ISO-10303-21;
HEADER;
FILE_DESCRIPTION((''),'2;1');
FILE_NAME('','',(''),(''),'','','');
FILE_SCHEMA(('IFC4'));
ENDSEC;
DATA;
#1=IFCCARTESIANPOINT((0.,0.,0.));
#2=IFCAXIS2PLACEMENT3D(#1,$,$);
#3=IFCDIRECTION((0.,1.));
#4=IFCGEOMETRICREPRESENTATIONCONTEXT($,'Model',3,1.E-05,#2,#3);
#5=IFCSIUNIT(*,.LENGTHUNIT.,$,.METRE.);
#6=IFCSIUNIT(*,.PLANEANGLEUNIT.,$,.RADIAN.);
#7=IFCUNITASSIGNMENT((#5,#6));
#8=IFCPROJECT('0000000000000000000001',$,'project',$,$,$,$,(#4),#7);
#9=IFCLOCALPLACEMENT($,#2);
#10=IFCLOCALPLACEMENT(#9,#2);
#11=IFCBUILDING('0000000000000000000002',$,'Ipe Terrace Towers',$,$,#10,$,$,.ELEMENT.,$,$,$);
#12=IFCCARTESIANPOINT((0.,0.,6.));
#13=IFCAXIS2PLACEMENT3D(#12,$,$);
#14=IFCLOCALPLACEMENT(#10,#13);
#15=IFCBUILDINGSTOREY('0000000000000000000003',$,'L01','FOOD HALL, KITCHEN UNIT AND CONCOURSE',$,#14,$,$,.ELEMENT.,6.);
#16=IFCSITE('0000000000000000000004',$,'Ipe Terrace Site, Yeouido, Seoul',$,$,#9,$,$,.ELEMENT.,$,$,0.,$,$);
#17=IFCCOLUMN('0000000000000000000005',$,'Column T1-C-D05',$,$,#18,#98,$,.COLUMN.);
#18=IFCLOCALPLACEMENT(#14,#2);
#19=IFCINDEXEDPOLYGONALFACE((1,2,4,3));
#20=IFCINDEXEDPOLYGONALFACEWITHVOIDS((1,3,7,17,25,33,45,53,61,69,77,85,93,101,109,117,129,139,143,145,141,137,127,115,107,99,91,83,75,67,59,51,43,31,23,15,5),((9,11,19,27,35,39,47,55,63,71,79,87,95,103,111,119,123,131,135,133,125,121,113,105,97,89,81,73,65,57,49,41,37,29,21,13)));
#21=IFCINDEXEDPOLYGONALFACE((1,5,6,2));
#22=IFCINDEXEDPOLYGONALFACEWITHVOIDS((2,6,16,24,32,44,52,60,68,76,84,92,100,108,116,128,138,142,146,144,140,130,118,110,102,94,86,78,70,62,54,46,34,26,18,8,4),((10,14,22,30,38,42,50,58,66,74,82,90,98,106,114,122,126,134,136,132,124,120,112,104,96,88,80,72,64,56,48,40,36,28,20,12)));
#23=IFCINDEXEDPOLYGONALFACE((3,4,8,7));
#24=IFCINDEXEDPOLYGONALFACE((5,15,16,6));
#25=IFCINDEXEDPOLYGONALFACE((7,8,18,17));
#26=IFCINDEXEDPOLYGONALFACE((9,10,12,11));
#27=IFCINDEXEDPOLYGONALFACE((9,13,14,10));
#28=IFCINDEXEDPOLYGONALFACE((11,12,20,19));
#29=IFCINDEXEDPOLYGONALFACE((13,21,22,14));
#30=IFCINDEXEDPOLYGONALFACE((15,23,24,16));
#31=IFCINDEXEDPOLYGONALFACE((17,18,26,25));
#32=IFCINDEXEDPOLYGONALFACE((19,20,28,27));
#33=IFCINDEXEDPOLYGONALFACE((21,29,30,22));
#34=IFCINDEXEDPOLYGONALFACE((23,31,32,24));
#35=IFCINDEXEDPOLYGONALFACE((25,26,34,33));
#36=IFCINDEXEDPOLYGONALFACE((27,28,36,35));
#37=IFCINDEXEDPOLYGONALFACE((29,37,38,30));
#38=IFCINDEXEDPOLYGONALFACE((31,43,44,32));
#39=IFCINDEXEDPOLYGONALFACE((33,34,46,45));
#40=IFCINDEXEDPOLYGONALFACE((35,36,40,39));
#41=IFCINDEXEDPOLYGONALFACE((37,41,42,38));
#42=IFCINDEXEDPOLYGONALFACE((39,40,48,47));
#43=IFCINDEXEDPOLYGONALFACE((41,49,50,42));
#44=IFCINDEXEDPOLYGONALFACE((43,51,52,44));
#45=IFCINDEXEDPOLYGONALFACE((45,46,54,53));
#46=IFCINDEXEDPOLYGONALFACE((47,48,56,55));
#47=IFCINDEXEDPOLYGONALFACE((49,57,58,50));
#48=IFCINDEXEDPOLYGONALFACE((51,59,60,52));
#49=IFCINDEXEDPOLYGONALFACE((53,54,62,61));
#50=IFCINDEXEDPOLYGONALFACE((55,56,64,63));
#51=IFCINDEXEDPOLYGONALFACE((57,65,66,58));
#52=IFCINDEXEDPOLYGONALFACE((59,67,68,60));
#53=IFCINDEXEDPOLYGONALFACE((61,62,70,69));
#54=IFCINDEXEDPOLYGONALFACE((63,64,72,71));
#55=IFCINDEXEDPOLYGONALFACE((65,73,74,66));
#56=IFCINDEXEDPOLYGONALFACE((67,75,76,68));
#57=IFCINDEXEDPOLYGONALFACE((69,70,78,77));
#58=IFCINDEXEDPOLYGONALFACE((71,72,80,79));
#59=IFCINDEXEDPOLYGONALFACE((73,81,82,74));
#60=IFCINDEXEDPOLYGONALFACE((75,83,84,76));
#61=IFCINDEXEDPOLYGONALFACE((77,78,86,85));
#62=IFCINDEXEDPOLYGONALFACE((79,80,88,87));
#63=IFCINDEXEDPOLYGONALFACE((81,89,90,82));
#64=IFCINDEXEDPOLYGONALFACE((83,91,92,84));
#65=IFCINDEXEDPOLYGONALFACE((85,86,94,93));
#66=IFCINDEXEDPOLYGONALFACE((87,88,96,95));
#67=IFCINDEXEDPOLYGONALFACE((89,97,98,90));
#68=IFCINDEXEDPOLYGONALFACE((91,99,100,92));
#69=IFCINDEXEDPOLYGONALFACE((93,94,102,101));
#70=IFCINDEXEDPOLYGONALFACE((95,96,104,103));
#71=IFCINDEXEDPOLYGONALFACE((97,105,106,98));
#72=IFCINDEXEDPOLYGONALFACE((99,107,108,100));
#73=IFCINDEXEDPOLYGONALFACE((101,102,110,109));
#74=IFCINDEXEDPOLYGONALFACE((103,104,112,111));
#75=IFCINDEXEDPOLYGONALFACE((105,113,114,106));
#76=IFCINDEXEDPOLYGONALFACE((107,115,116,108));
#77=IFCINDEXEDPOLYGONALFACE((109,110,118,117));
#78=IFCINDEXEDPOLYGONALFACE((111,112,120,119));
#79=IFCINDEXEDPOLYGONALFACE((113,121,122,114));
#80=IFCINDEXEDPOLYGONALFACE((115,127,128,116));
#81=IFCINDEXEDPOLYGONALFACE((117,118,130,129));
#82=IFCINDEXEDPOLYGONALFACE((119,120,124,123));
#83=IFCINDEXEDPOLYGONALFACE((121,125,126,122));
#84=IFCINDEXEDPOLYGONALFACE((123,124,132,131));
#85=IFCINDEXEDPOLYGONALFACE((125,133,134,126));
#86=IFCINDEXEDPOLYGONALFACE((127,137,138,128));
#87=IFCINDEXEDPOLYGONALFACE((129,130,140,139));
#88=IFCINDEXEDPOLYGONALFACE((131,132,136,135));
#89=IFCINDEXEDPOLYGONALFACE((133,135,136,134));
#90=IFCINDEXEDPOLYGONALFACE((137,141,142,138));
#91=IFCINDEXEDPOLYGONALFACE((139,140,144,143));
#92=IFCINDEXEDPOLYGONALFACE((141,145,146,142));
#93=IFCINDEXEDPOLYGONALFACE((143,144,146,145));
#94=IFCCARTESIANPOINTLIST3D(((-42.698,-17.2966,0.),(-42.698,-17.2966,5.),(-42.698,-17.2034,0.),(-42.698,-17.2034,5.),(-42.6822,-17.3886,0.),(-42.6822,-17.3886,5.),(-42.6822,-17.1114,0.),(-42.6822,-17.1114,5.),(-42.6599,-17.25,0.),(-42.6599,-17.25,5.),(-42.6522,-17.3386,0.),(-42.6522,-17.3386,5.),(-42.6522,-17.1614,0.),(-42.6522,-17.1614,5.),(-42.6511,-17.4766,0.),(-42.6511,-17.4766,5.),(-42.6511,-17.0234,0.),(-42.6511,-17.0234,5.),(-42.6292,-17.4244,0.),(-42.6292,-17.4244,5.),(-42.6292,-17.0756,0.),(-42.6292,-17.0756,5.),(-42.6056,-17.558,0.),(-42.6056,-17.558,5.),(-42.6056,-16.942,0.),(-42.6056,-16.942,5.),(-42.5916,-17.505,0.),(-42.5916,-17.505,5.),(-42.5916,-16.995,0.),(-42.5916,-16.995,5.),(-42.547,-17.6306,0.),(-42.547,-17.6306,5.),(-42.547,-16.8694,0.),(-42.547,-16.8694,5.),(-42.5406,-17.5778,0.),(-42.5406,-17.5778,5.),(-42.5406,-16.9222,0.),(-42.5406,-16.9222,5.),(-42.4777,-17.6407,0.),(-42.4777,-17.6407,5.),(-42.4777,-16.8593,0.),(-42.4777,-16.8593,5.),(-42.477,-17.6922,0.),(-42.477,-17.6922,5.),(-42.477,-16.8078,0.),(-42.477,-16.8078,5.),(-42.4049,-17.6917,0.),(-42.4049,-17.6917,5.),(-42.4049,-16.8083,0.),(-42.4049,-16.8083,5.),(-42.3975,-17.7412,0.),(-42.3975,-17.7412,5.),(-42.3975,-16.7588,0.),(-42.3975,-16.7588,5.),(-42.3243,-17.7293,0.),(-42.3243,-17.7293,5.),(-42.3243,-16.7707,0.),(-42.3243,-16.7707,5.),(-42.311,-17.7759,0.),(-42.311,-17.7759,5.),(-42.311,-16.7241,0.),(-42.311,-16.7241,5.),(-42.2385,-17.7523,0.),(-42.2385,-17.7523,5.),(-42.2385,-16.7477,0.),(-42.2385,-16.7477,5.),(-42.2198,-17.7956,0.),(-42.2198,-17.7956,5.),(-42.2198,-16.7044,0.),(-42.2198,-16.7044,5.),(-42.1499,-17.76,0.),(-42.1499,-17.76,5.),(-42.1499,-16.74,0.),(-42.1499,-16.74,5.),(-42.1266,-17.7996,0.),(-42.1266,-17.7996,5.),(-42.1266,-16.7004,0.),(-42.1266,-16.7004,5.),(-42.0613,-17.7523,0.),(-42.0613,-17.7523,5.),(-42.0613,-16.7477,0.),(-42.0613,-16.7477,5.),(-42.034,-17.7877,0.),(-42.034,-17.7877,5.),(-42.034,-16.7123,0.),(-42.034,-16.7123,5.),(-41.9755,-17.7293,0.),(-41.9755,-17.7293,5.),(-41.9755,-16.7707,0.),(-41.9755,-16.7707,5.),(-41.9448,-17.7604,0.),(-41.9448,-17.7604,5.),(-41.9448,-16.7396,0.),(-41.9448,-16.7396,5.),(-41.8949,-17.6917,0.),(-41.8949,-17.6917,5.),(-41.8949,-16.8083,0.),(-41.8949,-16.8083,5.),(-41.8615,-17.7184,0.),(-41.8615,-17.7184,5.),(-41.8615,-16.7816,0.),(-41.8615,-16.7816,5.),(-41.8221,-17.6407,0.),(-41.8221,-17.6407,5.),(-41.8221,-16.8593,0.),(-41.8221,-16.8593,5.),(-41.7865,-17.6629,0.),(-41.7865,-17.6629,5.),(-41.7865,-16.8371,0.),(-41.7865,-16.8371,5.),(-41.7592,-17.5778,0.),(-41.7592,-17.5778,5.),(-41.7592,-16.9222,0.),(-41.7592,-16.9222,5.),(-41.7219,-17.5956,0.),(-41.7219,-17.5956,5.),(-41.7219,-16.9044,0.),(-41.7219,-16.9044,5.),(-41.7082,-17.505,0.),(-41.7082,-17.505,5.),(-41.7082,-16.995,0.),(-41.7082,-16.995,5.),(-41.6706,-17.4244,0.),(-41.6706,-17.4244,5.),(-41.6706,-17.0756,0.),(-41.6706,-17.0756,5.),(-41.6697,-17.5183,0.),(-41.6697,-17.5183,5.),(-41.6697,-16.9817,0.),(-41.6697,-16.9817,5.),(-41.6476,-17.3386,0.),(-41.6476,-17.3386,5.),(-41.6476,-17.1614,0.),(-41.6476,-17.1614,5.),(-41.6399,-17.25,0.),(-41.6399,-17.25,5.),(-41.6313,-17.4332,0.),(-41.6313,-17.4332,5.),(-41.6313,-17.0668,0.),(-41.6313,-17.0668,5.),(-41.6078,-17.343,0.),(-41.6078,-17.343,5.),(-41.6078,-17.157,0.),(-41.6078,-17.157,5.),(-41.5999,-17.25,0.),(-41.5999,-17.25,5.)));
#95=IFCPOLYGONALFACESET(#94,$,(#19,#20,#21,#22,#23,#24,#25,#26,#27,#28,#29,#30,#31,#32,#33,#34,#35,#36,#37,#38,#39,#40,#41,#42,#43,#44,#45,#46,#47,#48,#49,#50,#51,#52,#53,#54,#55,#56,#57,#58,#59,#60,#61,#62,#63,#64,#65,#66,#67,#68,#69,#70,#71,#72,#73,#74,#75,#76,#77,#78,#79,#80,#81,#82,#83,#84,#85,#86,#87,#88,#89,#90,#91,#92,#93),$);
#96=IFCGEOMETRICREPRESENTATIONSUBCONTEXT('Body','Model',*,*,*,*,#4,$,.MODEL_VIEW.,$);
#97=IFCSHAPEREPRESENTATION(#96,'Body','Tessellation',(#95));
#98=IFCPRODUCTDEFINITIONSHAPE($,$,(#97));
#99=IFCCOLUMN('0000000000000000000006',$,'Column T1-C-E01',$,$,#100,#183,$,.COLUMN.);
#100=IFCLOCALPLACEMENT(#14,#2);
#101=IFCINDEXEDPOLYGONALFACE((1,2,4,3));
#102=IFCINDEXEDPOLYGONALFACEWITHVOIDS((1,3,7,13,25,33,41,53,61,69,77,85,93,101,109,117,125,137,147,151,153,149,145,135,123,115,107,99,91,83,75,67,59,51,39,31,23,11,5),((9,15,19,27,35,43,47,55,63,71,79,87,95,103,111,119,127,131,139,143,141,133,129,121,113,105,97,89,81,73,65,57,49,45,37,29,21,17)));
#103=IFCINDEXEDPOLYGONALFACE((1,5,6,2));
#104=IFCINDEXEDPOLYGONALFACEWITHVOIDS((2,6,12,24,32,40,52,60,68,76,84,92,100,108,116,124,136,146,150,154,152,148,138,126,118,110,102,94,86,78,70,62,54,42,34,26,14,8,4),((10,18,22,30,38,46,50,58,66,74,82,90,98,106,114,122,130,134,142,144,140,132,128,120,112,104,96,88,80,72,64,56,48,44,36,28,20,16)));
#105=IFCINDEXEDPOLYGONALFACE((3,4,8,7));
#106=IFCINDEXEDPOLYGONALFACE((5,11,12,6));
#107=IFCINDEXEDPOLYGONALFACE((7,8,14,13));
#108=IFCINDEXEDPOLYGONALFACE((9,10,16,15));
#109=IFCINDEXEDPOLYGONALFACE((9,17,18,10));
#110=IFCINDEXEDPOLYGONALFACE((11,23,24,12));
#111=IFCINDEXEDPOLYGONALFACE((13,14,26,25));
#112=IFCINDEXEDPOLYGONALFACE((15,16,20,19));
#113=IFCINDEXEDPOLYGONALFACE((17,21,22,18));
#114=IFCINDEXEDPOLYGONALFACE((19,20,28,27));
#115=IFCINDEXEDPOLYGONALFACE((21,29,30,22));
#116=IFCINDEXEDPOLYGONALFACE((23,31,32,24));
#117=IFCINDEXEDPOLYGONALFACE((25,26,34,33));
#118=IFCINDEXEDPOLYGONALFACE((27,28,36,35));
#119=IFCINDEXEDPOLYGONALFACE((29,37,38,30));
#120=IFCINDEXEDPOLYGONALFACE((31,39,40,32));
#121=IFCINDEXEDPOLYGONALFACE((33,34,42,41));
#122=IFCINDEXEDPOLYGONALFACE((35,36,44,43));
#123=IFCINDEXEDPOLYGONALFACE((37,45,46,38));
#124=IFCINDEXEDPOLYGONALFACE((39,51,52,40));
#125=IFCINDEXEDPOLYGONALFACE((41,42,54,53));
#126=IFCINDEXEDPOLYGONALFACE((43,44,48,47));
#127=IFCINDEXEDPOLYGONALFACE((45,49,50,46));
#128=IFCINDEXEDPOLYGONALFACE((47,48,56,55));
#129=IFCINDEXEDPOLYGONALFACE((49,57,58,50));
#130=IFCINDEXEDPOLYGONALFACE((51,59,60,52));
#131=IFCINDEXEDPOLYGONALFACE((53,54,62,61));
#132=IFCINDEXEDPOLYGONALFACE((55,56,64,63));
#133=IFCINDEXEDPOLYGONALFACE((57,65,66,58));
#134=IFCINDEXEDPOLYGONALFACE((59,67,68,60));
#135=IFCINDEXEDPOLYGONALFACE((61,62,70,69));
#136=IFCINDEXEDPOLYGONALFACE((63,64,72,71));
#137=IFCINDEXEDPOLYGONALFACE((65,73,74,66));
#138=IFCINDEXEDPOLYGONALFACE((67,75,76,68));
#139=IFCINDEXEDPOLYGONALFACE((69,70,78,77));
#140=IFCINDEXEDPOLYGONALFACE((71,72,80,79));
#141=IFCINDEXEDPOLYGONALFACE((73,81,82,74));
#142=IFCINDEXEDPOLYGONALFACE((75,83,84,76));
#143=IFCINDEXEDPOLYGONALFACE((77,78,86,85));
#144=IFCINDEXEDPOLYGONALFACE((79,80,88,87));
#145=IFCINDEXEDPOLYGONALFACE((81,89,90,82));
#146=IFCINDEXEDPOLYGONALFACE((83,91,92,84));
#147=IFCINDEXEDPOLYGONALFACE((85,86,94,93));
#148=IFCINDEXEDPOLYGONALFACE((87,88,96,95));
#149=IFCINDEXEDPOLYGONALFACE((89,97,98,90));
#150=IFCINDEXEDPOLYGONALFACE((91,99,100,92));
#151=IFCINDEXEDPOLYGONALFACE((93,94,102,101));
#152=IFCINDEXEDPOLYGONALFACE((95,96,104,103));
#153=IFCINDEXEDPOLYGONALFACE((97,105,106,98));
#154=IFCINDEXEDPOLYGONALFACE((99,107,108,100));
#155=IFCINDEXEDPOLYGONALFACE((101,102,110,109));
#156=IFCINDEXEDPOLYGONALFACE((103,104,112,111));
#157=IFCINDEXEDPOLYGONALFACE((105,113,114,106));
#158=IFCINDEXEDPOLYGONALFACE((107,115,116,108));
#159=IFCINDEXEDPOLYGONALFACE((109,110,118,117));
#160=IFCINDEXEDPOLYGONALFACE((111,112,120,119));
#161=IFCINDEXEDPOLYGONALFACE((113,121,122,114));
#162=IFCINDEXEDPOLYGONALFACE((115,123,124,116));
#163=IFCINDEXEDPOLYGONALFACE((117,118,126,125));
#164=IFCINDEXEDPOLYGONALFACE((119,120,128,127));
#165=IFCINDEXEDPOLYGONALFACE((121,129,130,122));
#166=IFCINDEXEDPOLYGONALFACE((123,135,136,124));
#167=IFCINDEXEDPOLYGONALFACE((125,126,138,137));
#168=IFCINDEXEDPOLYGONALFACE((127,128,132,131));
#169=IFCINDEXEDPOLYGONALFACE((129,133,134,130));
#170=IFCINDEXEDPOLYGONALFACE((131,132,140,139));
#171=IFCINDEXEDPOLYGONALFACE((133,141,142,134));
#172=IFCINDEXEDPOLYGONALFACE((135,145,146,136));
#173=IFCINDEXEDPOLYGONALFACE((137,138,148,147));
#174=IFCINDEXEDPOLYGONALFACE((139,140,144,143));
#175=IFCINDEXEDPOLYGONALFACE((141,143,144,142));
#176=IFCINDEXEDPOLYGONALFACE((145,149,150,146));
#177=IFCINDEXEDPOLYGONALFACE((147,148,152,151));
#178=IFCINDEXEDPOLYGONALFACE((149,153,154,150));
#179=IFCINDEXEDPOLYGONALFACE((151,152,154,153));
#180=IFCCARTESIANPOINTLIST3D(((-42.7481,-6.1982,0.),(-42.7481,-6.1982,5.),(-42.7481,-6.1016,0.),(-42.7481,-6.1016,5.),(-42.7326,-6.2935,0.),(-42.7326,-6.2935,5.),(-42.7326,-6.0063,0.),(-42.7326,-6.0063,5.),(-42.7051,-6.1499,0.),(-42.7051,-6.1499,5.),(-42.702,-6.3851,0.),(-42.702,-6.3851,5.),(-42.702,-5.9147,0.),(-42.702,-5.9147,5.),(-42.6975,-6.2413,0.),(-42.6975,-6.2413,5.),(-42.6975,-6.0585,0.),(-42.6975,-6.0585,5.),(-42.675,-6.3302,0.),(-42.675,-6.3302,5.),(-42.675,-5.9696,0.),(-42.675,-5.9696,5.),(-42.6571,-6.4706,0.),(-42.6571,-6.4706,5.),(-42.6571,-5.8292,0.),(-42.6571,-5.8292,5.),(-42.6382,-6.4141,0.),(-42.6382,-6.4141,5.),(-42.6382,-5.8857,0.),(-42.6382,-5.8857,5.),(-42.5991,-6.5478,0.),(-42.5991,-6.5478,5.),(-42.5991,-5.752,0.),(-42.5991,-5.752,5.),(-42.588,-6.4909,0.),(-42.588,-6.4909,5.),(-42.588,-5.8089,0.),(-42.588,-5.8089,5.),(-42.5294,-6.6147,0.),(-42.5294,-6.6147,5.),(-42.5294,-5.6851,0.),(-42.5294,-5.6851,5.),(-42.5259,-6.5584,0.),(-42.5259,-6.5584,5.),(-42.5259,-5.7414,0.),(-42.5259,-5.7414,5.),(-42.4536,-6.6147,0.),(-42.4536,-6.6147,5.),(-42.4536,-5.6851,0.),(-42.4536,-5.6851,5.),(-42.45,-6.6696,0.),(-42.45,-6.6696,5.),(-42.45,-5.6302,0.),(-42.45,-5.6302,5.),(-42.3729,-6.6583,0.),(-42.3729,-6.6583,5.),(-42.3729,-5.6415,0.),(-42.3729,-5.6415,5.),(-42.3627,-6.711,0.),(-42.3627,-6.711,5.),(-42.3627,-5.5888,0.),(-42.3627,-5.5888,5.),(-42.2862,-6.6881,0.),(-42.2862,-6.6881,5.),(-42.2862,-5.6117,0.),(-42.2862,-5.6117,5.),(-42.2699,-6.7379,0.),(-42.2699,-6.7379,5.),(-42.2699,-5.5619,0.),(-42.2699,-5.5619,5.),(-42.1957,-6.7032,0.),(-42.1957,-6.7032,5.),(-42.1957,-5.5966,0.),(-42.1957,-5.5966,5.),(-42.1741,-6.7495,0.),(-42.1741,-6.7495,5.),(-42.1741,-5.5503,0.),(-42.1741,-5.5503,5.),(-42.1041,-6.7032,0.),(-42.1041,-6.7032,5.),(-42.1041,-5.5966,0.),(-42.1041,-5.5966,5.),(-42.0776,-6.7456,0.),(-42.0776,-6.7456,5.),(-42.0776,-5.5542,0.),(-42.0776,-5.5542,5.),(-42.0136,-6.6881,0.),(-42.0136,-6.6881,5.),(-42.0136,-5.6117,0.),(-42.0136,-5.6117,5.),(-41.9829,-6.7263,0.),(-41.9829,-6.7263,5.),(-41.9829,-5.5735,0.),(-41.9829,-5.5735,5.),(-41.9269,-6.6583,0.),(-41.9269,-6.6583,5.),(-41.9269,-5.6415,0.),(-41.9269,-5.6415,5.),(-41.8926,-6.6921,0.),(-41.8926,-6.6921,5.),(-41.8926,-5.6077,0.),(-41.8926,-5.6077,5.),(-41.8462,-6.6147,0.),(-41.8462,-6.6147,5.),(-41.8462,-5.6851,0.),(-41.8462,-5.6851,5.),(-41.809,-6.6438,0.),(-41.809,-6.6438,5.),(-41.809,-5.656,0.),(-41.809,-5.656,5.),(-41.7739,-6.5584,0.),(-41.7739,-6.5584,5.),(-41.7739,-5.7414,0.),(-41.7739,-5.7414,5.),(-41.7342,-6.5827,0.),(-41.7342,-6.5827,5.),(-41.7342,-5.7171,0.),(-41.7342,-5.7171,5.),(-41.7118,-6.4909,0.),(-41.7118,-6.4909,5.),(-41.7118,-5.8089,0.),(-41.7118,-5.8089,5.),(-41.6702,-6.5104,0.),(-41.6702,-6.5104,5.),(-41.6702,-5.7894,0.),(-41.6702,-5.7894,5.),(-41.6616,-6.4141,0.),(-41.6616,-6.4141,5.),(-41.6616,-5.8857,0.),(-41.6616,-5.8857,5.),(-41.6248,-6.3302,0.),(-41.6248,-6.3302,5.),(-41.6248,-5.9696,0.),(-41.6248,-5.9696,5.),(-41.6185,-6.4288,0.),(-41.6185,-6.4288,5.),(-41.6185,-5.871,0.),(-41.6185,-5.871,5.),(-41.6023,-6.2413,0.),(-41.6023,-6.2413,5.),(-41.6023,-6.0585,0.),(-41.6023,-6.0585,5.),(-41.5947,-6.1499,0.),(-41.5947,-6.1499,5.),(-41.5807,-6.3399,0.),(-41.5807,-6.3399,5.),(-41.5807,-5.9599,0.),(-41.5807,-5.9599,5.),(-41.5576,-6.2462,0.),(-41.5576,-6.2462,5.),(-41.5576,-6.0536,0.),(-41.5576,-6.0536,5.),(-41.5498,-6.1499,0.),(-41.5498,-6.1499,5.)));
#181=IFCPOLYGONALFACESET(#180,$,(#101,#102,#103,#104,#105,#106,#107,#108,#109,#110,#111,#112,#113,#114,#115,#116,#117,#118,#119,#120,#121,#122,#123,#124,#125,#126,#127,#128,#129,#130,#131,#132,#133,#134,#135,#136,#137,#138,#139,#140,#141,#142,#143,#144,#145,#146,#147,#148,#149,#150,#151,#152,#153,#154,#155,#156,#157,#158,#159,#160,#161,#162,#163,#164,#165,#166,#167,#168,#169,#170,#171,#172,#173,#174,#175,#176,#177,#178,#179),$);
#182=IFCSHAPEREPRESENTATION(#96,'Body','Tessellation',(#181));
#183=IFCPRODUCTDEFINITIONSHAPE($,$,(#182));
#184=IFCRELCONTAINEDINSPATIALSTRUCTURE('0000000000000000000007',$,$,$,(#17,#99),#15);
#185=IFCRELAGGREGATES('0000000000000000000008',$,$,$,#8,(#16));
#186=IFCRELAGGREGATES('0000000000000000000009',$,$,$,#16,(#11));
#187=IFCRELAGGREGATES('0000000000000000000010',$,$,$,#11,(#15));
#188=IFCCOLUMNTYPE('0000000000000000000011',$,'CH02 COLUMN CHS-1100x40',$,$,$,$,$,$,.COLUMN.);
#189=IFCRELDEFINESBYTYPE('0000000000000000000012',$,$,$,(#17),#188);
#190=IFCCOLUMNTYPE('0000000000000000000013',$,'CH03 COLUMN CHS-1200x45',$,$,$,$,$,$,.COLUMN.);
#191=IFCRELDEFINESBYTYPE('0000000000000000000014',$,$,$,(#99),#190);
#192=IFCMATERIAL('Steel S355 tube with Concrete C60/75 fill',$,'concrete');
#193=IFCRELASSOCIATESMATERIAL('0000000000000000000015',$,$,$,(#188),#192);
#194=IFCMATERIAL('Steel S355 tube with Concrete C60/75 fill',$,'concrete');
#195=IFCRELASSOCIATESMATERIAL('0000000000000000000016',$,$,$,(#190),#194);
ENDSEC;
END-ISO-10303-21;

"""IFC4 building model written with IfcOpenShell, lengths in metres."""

from ifc_helpers import new_model, si_unit, direction, frame, origin, origin_2d, place, context, subcontext, project, spatial, hollow_circle, extrude, material, material_profile, profile_set, type_object, element, save


model = new_model("IFC4")

# Units and contexts
model_context = context("Model", 3, precision=1e-05, world=origin(), true_north=direction((0.0, 1.0)))
body_context = subcontext(model_context, "Body", "Model", "MODEL_VIEW")
ifc_project = project(units=[si_unit("LENGTHUNIT", "METRE"), si_unit("PLANEANGLEUNIT", "RADIAN")], contexts=[model_context])

# Site, building, storey
site_placement = place(None, origin())
site = spatial("IfcSite", under=ifc_project, at=site_placement, Name="Ipe Terrace Site, Yeouido, Seoul", CompositionType="ELEMENT", RefElevation=0.0)
building_placement = place(site_placement, origin())
building = spatial("IfcBuilding", under=site, at=building_placement, Name="Ipe Terrace Towers", CompositionType="ELEMENT")
storey_placement = place(building_placement, frame((0.0, 0.0, 6.0)))
storey = spatial("IfcBuildingStorey", under=building, at=storey_placement, Name="L01", Description="FOOD HALL, KITCHEN UNIT AND CONCOURSE", CompositionType="ELEMENT", Elevation=6.0)

# Columns
ifc_material_1 = material(Name="Steel S355 tube with Concrete C60/75 fill", Category="concrete")
ifc_material_profile_1 = material_profile(ifc_material_1, hollow_circle(Radius=0.55, WallThickness=0.04, at=origin_2d()), Name="CHS-1100x40")
ifc_profile_set_1 = profile_set([ifc_material_profile_1], Name="Steel S355 tube with Concrete C60/75 fill")
column_type_1 = type_object("IfcColumnType", Name="CH02 COLUMN CHS-1100x40", PredefinedType="COLUMN", material=ifc_profile_set_1)
for number, where, z_axis, x_axis, name in (
    (1, (-42.1499, -17.25, 0.0), (0.0, 0.0, 1.0), (1.0, 0.0, 0.0), "Column T1-C-D05"),
):
    element("IfcColumn", number, at=place(storey_placement, frame(where, z_axis=z_axis, x_axis=x_axis)), inside=storey, type_object=column_type_1, Name=name, PredefinedType="COLUMN", context=body_context, shape_type="SweptSolid", body=[
        extrude(hollow_circle(Radius=0.55, WallThickness=0.04, at=origin_2d()), origin(), (0.0, 0.0, 1.0), 5.0),
    ])
ifc_material_2 = material(Name="Steel S355 tube with Concrete C60/75 fill", Category="concrete")
ifc_material_profile_2 = material_profile(ifc_material_2, hollow_circle(Radius=0.6001, WallThickness=0.0449, at=origin_2d()), Name="CHS-1200x45")
ifc_profile_set_2 = profile_set([ifc_material_profile_2], Name="Steel S355 tube with Concrete C60/75 fill")
column_type_2 = type_object("IfcColumnType", Name="CH03 COLUMN CHS-1200x45", PredefinedType="COLUMN", material=ifc_profile_set_2)
column_1_placement = place(storey_placement, frame((-42.1499, -6.1499, 0.0), z_axis=(0.0, 0.0, 1.0), x_axis=(1.0, 0.0, 0.0)))
element("IfcColumn", 2, at=column_1_placement, inside=storey, type_object=column_type_2, Name="Column T1-C-E01", PredefinedType="COLUMN", context=body_context, shape_type="SweptSolid", body=[
    extrude(hollow_circle(Radius=0.6001, WallThickness=0.0449, at=origin_2d()), origin(), (0.0, 0.0, 1.0), 5.0),
])

save(model, "model.ifc")
